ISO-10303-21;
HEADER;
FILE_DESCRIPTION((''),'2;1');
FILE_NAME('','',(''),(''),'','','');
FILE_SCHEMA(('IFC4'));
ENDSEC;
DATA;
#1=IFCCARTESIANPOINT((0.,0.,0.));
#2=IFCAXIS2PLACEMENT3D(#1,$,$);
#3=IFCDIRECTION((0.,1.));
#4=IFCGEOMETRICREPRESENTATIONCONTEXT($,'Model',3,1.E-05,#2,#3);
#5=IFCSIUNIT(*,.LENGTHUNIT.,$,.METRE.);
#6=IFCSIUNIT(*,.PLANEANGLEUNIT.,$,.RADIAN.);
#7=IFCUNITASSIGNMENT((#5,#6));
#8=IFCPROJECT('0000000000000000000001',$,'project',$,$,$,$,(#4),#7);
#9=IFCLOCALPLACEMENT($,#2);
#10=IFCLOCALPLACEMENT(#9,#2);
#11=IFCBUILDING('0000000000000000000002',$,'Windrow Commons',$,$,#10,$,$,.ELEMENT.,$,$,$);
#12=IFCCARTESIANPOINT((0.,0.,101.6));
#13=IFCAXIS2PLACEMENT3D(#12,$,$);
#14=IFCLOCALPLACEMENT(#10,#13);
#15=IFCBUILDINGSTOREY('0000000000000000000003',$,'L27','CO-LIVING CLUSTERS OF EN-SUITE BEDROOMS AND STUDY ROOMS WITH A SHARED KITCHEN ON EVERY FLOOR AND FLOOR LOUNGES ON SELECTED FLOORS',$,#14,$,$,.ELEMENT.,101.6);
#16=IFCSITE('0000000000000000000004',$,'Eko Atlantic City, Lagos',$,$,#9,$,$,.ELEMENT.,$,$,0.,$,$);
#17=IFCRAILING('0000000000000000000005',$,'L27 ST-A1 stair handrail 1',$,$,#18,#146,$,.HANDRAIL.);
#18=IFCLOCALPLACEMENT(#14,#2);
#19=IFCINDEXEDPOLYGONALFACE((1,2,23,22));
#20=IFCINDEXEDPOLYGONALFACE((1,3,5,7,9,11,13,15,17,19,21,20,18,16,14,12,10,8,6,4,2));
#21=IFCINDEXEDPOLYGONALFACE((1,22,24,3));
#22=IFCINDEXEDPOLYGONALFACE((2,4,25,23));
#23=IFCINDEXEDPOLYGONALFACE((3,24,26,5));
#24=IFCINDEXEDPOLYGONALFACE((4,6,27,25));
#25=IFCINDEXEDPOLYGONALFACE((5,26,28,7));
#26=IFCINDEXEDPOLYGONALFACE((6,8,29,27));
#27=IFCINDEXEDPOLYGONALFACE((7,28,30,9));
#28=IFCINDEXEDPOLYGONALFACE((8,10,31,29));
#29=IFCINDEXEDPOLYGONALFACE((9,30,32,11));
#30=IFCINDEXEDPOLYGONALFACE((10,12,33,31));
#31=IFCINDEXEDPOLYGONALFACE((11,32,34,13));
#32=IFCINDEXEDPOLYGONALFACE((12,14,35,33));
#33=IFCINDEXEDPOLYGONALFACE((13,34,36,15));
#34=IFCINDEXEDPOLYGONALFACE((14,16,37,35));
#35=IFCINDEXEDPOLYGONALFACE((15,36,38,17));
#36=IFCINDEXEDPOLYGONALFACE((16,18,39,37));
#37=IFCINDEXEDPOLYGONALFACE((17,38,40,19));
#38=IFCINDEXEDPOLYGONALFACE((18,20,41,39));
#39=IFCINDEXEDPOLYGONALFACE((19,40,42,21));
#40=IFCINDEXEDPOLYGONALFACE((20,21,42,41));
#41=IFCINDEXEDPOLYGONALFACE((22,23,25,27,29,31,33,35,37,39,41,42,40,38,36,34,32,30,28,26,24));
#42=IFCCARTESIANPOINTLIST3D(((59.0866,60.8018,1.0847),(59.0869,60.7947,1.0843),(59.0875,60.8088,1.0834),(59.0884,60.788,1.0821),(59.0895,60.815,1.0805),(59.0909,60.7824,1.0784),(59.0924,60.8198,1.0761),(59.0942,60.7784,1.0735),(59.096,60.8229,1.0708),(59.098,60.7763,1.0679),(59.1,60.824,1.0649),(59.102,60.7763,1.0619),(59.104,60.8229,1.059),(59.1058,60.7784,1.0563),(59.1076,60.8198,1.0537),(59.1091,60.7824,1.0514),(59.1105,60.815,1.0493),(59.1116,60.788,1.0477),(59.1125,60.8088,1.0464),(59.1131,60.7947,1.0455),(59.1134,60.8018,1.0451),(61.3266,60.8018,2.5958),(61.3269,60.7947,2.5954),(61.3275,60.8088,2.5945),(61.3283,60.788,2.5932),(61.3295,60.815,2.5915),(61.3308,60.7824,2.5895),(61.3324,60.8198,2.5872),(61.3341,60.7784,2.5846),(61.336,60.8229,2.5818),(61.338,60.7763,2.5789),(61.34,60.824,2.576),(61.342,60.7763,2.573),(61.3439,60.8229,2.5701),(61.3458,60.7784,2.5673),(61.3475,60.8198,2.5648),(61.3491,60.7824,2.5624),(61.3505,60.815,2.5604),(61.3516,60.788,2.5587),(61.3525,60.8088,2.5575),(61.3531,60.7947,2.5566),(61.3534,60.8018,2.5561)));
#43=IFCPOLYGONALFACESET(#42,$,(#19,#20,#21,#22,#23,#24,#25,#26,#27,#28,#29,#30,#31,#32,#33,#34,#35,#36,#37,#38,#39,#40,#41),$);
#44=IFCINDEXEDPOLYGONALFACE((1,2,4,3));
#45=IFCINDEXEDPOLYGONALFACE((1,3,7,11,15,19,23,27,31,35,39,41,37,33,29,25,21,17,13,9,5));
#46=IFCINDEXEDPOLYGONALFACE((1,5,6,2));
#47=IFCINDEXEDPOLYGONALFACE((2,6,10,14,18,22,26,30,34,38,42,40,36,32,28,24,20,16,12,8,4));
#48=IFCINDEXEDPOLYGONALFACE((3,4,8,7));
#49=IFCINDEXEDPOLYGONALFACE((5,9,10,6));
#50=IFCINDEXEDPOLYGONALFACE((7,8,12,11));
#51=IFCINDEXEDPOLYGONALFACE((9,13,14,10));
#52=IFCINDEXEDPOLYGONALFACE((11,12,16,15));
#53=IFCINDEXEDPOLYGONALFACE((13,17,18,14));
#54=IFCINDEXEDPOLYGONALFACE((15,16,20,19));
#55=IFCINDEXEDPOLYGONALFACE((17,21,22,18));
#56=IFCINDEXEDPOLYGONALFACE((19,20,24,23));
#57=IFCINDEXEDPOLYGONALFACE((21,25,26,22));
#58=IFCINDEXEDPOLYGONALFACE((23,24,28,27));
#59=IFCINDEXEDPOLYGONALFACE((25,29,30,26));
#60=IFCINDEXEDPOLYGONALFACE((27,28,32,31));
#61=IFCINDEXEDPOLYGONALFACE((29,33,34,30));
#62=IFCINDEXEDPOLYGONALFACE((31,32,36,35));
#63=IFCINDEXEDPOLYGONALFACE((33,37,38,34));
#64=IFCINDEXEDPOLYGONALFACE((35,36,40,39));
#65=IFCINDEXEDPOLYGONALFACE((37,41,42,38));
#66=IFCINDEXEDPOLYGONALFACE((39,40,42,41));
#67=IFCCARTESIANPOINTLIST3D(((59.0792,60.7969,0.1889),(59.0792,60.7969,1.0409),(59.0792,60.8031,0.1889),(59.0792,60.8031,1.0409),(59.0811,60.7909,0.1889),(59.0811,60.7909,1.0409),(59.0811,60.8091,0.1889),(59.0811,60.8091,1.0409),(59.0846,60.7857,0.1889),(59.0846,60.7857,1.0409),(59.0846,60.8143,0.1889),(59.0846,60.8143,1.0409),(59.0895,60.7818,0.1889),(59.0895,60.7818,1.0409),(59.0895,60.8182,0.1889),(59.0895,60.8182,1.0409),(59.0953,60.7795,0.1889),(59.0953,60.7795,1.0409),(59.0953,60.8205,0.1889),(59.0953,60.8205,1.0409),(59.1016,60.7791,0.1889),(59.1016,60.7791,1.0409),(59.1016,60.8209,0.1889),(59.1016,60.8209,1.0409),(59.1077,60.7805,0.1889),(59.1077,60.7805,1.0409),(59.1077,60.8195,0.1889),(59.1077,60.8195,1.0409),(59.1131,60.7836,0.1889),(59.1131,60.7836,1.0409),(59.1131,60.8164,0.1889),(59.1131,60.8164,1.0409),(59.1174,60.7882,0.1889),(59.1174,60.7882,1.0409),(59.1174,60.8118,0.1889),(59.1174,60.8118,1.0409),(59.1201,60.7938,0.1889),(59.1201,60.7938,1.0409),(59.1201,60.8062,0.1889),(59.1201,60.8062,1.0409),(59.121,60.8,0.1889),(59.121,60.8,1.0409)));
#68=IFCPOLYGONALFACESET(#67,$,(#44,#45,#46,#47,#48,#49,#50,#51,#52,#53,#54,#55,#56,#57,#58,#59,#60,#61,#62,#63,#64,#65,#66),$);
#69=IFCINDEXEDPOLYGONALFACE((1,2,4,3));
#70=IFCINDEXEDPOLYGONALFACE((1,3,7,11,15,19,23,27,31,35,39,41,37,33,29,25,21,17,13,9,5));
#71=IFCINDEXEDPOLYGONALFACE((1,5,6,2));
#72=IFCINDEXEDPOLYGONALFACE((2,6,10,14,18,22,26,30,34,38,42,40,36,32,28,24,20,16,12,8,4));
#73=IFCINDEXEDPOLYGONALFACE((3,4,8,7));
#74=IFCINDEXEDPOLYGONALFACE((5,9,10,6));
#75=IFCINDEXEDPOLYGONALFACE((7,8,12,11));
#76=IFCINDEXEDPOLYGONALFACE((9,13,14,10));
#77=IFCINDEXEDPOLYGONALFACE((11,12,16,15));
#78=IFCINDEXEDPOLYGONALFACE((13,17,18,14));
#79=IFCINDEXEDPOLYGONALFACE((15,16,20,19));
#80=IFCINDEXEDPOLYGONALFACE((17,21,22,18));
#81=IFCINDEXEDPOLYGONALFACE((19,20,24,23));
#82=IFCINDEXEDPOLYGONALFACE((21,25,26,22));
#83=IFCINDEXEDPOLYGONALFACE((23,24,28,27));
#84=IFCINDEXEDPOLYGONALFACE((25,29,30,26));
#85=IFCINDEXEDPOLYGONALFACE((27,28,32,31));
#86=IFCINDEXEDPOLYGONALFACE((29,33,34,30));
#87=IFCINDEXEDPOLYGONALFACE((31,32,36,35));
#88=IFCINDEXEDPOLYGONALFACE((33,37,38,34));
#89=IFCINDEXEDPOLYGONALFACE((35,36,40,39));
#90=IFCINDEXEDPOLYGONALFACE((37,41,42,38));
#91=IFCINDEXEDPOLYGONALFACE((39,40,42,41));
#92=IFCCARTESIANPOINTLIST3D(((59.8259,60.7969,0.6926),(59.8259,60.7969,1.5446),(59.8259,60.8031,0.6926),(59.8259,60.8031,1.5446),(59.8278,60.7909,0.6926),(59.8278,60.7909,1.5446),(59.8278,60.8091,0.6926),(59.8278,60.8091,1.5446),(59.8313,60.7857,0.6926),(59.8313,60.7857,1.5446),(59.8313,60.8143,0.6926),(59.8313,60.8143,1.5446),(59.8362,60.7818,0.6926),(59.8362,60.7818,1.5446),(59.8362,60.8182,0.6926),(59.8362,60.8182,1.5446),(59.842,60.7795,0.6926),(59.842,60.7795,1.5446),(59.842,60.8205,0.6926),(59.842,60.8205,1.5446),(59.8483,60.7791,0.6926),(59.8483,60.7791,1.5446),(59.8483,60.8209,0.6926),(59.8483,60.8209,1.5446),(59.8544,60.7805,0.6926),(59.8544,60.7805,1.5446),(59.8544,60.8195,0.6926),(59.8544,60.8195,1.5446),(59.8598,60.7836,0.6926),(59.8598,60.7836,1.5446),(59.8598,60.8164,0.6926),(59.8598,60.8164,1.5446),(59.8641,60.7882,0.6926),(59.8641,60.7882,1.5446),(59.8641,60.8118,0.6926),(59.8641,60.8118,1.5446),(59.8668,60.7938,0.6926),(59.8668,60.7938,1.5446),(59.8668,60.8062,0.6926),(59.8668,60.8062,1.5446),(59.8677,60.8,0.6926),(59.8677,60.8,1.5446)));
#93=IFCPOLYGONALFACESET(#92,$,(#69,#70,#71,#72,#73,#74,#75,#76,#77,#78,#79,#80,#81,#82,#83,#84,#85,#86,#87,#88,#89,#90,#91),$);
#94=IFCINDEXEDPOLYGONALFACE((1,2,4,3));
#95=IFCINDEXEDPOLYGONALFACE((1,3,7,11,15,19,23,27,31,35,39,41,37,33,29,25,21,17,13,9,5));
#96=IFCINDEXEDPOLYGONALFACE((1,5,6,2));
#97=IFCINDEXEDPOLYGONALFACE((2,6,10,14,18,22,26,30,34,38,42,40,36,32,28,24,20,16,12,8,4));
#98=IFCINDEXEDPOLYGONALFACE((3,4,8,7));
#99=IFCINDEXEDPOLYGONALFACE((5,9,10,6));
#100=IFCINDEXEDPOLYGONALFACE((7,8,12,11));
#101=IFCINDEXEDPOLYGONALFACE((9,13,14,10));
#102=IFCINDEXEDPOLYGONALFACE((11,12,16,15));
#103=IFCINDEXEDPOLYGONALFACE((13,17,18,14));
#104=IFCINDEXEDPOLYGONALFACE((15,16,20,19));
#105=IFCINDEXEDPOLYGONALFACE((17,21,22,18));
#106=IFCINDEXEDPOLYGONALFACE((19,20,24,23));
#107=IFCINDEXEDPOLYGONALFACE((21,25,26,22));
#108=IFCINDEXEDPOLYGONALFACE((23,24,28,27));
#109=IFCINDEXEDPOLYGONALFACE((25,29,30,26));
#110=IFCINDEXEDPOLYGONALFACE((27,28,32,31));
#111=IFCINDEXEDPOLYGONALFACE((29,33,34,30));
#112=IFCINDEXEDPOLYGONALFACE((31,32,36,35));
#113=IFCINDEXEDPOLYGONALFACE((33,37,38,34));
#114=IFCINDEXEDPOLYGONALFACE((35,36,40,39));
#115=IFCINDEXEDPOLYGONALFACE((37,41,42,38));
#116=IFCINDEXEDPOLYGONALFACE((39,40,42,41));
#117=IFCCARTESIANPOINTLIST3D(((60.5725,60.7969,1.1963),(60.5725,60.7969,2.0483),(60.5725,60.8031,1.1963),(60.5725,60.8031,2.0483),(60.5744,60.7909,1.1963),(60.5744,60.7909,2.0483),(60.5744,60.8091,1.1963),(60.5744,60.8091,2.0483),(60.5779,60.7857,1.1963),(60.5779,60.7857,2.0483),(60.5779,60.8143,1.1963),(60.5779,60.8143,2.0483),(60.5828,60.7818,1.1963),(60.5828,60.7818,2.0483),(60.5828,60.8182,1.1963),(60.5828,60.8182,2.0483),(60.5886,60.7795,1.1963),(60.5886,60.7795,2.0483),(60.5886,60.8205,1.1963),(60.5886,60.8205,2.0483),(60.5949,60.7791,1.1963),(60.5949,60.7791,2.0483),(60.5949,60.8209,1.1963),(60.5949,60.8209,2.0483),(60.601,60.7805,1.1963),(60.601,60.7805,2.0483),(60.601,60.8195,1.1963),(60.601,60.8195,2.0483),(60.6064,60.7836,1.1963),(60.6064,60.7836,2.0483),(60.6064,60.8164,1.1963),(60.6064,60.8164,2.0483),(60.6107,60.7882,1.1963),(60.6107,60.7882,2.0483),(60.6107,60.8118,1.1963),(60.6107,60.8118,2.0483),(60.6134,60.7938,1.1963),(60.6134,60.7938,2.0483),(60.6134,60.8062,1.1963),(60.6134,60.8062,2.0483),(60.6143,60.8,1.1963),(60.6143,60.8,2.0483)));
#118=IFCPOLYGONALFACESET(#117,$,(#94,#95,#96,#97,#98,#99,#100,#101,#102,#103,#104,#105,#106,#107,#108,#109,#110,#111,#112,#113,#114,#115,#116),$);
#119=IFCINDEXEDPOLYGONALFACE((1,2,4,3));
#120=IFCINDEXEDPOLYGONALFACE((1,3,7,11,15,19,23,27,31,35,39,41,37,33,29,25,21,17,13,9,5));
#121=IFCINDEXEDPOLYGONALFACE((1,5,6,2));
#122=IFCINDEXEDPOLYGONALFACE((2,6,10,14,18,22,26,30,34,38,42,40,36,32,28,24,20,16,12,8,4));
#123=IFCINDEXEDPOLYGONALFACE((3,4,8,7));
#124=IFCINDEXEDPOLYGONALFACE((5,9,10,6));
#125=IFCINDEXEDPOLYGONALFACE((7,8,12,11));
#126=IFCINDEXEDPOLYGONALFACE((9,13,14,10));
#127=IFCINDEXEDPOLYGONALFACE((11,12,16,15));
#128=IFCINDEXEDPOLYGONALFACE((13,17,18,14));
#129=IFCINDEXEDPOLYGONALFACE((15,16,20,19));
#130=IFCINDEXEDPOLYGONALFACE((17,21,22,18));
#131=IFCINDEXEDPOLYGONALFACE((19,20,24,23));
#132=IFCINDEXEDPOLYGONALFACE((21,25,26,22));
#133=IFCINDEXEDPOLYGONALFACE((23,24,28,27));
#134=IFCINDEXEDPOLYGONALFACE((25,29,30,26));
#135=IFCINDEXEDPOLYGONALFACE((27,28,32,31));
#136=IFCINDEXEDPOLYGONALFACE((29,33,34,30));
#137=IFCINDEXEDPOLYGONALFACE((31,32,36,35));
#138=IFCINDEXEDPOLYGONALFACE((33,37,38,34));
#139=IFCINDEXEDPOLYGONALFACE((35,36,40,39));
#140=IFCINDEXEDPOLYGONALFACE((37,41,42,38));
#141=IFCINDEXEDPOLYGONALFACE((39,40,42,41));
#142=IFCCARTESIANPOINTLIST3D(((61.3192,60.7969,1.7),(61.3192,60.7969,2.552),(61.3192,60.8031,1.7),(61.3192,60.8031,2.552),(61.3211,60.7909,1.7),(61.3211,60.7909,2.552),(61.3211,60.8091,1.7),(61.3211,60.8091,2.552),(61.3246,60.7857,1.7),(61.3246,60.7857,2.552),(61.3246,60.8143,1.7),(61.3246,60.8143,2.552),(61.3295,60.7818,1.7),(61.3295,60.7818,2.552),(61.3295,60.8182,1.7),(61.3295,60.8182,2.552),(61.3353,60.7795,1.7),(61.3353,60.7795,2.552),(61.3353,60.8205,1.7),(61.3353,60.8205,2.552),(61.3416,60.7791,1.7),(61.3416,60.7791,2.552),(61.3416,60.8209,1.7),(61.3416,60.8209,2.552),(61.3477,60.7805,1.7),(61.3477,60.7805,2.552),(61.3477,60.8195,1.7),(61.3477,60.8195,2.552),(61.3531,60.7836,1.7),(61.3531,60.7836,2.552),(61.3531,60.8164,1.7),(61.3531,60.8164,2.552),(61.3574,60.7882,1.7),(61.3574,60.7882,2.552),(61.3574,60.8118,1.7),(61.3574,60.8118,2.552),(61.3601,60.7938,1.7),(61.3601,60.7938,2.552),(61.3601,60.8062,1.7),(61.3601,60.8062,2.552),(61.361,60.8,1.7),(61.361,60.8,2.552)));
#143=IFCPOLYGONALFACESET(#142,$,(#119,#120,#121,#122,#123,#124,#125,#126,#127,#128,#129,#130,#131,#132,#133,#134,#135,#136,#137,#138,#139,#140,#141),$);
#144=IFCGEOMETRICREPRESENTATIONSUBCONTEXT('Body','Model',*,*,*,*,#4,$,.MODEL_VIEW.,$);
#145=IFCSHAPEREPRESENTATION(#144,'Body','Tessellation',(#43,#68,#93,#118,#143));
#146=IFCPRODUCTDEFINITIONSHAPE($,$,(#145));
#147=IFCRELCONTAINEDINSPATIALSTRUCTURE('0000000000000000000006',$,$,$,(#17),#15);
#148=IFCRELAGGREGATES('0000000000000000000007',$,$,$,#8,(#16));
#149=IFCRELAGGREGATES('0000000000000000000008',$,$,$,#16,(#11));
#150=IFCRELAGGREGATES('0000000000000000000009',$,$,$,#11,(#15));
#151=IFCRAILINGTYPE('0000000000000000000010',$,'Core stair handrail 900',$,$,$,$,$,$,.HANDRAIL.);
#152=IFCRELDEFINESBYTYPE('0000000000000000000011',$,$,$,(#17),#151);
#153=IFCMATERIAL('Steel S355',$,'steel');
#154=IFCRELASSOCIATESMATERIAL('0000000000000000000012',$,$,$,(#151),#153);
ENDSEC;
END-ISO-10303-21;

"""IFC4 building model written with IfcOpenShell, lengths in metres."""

from ifc_helpers import new_model, si_unit, direction, frame, origin, origin_2d, place, context, subcontext, project, spatial, circle, extrude, material, type_object, element, save


model = new_model("IFC4")

# Units and contexts
model_context = context("Model", 3, precision=1e-05, world=origin(), true_north=direction((0.0, 1.0)))
body_context = subcontext(model_context, "Body", "Model", "MODEL_VIEW")
ifc_project = project(units=[si_unit("LENGTHUNIT", "METRE"), si_unit("PLANEANGLEUNIT", "RADIAN")], contexts=[model_context])

# Site, building, storey
site_placement = place(None, origin())
site = spatial("IfcSite", under=ifc_project, at=site_placement, Name="Eko Atlantic City, Lagos", CompositionType="ELEMENT", RefElevation=0.0)
building_placement = place(site_placement, origin())
building = spatial("IfcBuilding", under=site, at=building_placement, Name="Windrow Commons", CompositionType="ELEMENT")
storey_placement = place(building_placement, frame((0.0, 0.0, 101.6)))
storey = spatial("IfcBuildingStorey", under=building, at=storey_placement, Name="L27", Description="CO-LIVING CLUSTERS OF EN-SUITE BEDROOMS AND STUDY ROOMS WITH A SHARED KITCHEN ON EVERY FLOOR AND FLOOR LOUNGES ON SELECTED FLOORS", CompositionType="ELEMENT", Elevation=101.6)

# Railing
ifc_material_1 = material(Name="Steel S355", Category="steel")
railing_type_1 = type_object("IfcRailingType", Name="Core stair handrail 900", PredefinedType="HANDRAIL", material=ifc_material_1)
railing_1_placement = place(storey_placement, frame((59.1, 60.8, 0.1889)))
element("IfcRailing", 1, at=railing_1_placement, inside=storey, type_object=railing_type_1, Name="L27 ST-A1 stair handrail 1", PredefinedType="HANDRAIL", context=body_context, shape_type="SweptSolid", body=[
    extrude(circle(Radius=0.024, at=origin_2d()), frame((0.0, 0.0, 0.876), z_axis=(0.829003, 0.0, 0.559244), x_axis=(0.0, 1.0, 0.0)), (0.0, 0.0, 1.0), 2.702),
    extrude(circle(Radius=0.021, at=origin_2d()), origin(), (0.0, 0.0, 1.0), 0.852),
    extrude(circle(Radius=0.021, at=origin_2d()), frame((0.7467, 0.0, 0.5037)), (0.0, 0.0, 1.0), 0.852),
    extrude(circle(Radius=0.021, at=origin_2d()), frame((1.4933, 0.0, 1.0074)), (0.0, 0.0, 1.0), 0.852),
    extrude(circle(Radius=0.021, at=origin_2d()), frame((2.24, 0.0, 1.5111)), (0.0, 0.0, 1.0), 0.852),
])

save(model, "model.ifc")
